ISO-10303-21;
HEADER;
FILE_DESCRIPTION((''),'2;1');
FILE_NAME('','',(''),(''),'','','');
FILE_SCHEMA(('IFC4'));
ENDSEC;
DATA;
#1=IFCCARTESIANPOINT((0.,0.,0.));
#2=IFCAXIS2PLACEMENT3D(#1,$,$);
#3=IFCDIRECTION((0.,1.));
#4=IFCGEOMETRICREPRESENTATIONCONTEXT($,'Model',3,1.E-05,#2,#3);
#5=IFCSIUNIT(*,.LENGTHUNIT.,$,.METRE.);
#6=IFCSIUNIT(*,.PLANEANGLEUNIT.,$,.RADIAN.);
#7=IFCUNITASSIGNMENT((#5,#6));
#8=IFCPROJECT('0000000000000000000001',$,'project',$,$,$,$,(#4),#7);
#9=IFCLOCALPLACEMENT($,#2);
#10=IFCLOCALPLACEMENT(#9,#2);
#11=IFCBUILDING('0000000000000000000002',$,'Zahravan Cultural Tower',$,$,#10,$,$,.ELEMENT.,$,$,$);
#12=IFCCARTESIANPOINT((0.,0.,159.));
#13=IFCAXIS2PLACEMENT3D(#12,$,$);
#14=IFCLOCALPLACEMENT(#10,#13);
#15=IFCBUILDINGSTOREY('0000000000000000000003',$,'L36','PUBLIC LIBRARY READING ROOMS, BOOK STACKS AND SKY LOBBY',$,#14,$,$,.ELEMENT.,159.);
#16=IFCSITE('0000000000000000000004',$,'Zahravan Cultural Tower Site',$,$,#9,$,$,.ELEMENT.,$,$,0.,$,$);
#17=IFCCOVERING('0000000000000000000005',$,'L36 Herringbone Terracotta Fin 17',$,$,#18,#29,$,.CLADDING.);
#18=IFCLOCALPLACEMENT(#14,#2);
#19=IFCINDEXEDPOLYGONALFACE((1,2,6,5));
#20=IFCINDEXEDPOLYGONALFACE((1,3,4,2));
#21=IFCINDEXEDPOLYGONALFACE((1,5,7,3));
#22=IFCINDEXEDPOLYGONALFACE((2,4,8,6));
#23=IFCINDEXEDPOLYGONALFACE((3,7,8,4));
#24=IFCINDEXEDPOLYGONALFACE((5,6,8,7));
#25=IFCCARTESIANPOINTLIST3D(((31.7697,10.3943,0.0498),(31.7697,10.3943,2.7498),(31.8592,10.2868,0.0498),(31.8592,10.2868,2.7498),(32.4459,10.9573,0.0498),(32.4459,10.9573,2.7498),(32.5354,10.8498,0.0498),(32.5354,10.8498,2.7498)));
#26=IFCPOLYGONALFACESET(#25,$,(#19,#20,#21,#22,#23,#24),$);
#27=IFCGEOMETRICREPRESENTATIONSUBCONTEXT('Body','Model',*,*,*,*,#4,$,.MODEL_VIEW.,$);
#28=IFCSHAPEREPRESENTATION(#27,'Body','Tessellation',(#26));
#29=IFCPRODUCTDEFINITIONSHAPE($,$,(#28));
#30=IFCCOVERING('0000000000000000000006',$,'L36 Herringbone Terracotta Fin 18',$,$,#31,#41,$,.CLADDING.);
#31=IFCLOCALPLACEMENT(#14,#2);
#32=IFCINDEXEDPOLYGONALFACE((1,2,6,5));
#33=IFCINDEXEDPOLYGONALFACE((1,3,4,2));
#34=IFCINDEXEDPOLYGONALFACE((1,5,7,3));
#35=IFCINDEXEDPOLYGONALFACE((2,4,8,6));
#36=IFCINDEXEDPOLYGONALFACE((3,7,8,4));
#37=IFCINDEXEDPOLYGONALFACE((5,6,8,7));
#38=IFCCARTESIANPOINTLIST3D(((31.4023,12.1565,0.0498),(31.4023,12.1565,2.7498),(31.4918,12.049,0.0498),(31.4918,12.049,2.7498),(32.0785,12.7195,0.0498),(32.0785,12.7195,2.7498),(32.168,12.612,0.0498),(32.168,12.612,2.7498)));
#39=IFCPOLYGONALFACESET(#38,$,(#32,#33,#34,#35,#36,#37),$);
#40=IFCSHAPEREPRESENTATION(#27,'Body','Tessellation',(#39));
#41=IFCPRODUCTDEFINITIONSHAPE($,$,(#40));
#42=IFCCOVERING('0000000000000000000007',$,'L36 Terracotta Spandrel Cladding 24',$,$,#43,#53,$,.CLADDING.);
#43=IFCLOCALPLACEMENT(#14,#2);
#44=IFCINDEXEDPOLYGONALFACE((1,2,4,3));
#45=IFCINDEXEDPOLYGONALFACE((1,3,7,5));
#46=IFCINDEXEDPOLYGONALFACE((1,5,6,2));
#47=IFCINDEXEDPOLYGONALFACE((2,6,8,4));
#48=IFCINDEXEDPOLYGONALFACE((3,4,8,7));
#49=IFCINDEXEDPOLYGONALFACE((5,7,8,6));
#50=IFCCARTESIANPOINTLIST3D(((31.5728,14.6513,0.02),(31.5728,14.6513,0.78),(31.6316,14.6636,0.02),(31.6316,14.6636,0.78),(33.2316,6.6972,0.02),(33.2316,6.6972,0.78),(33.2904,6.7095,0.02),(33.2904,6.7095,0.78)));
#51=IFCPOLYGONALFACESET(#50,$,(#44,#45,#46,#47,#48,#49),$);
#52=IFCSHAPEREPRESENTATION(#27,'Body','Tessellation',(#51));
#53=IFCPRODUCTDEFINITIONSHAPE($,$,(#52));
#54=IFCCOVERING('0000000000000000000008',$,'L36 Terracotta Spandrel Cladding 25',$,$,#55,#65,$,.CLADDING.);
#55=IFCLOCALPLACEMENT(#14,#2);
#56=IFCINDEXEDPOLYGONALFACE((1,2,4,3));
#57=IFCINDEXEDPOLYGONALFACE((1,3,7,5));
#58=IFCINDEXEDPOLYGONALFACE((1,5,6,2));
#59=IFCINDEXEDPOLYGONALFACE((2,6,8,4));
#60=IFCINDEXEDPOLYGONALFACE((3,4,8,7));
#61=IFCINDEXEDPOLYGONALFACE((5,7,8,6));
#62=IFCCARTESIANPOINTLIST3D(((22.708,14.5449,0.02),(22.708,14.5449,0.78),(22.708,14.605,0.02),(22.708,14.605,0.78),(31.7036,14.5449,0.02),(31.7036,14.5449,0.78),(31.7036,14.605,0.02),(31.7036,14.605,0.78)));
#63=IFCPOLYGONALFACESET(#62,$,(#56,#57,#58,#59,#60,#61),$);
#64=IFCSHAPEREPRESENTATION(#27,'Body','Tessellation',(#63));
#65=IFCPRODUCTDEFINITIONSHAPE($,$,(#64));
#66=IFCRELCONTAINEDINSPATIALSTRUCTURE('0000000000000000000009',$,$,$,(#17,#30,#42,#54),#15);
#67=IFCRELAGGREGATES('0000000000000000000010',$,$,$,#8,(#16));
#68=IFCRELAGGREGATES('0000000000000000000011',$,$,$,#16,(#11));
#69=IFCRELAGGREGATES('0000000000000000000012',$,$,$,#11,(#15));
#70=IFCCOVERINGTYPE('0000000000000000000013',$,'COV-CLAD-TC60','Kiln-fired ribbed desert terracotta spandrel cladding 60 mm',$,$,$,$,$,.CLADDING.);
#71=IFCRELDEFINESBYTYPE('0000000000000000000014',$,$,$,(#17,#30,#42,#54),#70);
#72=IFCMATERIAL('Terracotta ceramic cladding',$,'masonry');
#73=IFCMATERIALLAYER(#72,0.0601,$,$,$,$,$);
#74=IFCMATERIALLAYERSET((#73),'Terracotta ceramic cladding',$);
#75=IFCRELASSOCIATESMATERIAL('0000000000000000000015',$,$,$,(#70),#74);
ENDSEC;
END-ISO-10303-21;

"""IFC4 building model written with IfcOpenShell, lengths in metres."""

from ifc_helpers import new_model, si_unit, direction, frame, origin, origin_2d, place, context, subcontext, project, spatial, rectangle, extrude, source, transform, mapped, material, layer, layer_set, type_object, element, save


model = new_model("IFC4")

# Units and contexts
model_context = context("Model", 3, precision=1e-05, world=origin(), true_north=direction((0.0, 1.0)))
body_context = subcontext(model_context, "Body", "Model", "MODEL_VIEW")
ifc_project = project(units=[si_unit("LENGTHUNIT", "METRE"), si_unit("PLANEANGLEUNIT", "RADIAN")], contexts=[model_context])

# Site, building, storey
site_placement = place(None, origin())
site = spatial("IfcSite", under=ifc_project, at=site_placement, Name="Zahravan Cultural Tower Site", CompositionType="ELEMENT", RefElevation=0.0)
building_placement = place(site_placement, origin())
building = spatial("IfcBuilding", under=site, at=building_placement, Name="Zahravan Cultural Tower", CompositionType="ELEMENT")
storey_placement = place(building_placement, frame((0.0, 0.0, 159.0)))
storey = spatial("IfcBuildingStorey", under=building, at=storey_placement, Name="L36", Description="PUBLIC LIBRARY READING ROOMS, BOOK STACKS AND SKY LOBBY", CompositionType="ELEMENT", Elevation=159.0)

# Coverings
ifc_material_1 = material(Name="Terracotta ceramic cladding", Category="masonry")
ifc_layer_1 = layer(ifc_material_1, 0.0601)
ifc_layer_set_1 = layer_set([ifc_layer_1], Name="Terracotta ceramic cladding")
covering_type = type_object("IfcCoveringType", Name="COV-CLAD-TC60", Description="Kiln-fired ribbed desert terracotta spandrel cladding 60 mm", PredefinedType="CLADDING", material=ifc_layer_set_1)
shared_shape_1 = source(origin(), body_context, "Body", "SweptSolid", [
    extrude(rectangle(XDim=0.8799, YDim=0.1399, at=origin_2d()), origin(), (0.0, 0.0, 1.0), 2.7),
])
for number, where, z_axis, x_axis, name in (
    (1, (32.1526, 10.6221, 0.0498), (0.0, 0.0, 1.0), (-0.768507, -0.639841, 0.0), "L36 Herringbone Terracotta Fin 17"),
    (2, (31.7852, 12.3843, 0.0498), (0.0, 0.0, 1.0), (-0.768507, -0.639841, 0.0), "L36 Herringbone Terracotta Fin 18"),
):
    element("IfcCovering", number, at=place(storey_placement, frame(where, z_axis=z_axis, x_axis=x_axis)), inside=storey, type_object=covering_type, Name=name, PredefinedType="CLADDING", context=body_context, shape_type="MappedRepresentation", body=[
        mapped(shared_shape_1, transform((0.0, 0.0, 0.0), x_axis=(1.0, 0.0, 0.0), y_axis=(0.0, 1.0, 0.0), z_axis=(0.0, 0.0, 1.0), scale=1.0)),
    ])
shared_shape_2 = source(origin(), body_context, "Body", "SweptSolid", [
    extrude(rectangle(XDim=8.1252, YDim=0.0601, at=origin_2d()), origin(), (0.0, 0.0, 1.0), 0.76),
])
covering_1_placement = place(storey_placement, frame((32.4316, 10.6804, 0.02), z_axis=(0.0, 0.0, 1.0), x_axis=(-0.204154, 0.978939, 0.0)))
element("IfcCovering", 3, at=covering_1_placement, inside=storey, type_object=covering_type, Name="L36 Terracotta Spandrel Cladding 24", PredefinedType="CLADDING", context=body_context, shape_type="MappedRepresentation", body=[
    mapped(shared_shape_2, transform((0.0, 0.0, 0.0), x_axis=(1.0, 0.0, 0.0), y_axis=(0.0, 1.0, 0.0), z_axis=(0.0, 0.0, 1.0), scale=1.0)),
])
shared_shape_3 = source(origin(), body_context, "Body", "SweptSolid", [
    extrude(rectangle(XDim=8.9956, YDim=0.0601, at=origin_2d()), origin(), (0.0, 0.0, 1.0), 0.76),
])
covering_2_placement = place(storey_placement, frame((27.2058, 14.575, 0.02), z_axis=(0.0, 0.0, 1.0), x_axis=(-1.0, 0.0, 0.0)))
element("IfcCovering", 4, at=covering_2_placement, inside=storey, type_object=covering_type, Name="L36 Terracotta Spandrel Cladding 25", PredefinedType="CLADDING", context=body_context, shape_type="MappedRepresentation", body=[
    mapped(shared_shape_3, transform((0.0, 0.0, 0.0), x_axis=(1.0, 0.0, 0.0), y_axis=(0.0, 1.0, 0.0), z_axis=(0.0, 0.0, 1.0), scale=1.0)),
])

save(model, "model.ifc")
